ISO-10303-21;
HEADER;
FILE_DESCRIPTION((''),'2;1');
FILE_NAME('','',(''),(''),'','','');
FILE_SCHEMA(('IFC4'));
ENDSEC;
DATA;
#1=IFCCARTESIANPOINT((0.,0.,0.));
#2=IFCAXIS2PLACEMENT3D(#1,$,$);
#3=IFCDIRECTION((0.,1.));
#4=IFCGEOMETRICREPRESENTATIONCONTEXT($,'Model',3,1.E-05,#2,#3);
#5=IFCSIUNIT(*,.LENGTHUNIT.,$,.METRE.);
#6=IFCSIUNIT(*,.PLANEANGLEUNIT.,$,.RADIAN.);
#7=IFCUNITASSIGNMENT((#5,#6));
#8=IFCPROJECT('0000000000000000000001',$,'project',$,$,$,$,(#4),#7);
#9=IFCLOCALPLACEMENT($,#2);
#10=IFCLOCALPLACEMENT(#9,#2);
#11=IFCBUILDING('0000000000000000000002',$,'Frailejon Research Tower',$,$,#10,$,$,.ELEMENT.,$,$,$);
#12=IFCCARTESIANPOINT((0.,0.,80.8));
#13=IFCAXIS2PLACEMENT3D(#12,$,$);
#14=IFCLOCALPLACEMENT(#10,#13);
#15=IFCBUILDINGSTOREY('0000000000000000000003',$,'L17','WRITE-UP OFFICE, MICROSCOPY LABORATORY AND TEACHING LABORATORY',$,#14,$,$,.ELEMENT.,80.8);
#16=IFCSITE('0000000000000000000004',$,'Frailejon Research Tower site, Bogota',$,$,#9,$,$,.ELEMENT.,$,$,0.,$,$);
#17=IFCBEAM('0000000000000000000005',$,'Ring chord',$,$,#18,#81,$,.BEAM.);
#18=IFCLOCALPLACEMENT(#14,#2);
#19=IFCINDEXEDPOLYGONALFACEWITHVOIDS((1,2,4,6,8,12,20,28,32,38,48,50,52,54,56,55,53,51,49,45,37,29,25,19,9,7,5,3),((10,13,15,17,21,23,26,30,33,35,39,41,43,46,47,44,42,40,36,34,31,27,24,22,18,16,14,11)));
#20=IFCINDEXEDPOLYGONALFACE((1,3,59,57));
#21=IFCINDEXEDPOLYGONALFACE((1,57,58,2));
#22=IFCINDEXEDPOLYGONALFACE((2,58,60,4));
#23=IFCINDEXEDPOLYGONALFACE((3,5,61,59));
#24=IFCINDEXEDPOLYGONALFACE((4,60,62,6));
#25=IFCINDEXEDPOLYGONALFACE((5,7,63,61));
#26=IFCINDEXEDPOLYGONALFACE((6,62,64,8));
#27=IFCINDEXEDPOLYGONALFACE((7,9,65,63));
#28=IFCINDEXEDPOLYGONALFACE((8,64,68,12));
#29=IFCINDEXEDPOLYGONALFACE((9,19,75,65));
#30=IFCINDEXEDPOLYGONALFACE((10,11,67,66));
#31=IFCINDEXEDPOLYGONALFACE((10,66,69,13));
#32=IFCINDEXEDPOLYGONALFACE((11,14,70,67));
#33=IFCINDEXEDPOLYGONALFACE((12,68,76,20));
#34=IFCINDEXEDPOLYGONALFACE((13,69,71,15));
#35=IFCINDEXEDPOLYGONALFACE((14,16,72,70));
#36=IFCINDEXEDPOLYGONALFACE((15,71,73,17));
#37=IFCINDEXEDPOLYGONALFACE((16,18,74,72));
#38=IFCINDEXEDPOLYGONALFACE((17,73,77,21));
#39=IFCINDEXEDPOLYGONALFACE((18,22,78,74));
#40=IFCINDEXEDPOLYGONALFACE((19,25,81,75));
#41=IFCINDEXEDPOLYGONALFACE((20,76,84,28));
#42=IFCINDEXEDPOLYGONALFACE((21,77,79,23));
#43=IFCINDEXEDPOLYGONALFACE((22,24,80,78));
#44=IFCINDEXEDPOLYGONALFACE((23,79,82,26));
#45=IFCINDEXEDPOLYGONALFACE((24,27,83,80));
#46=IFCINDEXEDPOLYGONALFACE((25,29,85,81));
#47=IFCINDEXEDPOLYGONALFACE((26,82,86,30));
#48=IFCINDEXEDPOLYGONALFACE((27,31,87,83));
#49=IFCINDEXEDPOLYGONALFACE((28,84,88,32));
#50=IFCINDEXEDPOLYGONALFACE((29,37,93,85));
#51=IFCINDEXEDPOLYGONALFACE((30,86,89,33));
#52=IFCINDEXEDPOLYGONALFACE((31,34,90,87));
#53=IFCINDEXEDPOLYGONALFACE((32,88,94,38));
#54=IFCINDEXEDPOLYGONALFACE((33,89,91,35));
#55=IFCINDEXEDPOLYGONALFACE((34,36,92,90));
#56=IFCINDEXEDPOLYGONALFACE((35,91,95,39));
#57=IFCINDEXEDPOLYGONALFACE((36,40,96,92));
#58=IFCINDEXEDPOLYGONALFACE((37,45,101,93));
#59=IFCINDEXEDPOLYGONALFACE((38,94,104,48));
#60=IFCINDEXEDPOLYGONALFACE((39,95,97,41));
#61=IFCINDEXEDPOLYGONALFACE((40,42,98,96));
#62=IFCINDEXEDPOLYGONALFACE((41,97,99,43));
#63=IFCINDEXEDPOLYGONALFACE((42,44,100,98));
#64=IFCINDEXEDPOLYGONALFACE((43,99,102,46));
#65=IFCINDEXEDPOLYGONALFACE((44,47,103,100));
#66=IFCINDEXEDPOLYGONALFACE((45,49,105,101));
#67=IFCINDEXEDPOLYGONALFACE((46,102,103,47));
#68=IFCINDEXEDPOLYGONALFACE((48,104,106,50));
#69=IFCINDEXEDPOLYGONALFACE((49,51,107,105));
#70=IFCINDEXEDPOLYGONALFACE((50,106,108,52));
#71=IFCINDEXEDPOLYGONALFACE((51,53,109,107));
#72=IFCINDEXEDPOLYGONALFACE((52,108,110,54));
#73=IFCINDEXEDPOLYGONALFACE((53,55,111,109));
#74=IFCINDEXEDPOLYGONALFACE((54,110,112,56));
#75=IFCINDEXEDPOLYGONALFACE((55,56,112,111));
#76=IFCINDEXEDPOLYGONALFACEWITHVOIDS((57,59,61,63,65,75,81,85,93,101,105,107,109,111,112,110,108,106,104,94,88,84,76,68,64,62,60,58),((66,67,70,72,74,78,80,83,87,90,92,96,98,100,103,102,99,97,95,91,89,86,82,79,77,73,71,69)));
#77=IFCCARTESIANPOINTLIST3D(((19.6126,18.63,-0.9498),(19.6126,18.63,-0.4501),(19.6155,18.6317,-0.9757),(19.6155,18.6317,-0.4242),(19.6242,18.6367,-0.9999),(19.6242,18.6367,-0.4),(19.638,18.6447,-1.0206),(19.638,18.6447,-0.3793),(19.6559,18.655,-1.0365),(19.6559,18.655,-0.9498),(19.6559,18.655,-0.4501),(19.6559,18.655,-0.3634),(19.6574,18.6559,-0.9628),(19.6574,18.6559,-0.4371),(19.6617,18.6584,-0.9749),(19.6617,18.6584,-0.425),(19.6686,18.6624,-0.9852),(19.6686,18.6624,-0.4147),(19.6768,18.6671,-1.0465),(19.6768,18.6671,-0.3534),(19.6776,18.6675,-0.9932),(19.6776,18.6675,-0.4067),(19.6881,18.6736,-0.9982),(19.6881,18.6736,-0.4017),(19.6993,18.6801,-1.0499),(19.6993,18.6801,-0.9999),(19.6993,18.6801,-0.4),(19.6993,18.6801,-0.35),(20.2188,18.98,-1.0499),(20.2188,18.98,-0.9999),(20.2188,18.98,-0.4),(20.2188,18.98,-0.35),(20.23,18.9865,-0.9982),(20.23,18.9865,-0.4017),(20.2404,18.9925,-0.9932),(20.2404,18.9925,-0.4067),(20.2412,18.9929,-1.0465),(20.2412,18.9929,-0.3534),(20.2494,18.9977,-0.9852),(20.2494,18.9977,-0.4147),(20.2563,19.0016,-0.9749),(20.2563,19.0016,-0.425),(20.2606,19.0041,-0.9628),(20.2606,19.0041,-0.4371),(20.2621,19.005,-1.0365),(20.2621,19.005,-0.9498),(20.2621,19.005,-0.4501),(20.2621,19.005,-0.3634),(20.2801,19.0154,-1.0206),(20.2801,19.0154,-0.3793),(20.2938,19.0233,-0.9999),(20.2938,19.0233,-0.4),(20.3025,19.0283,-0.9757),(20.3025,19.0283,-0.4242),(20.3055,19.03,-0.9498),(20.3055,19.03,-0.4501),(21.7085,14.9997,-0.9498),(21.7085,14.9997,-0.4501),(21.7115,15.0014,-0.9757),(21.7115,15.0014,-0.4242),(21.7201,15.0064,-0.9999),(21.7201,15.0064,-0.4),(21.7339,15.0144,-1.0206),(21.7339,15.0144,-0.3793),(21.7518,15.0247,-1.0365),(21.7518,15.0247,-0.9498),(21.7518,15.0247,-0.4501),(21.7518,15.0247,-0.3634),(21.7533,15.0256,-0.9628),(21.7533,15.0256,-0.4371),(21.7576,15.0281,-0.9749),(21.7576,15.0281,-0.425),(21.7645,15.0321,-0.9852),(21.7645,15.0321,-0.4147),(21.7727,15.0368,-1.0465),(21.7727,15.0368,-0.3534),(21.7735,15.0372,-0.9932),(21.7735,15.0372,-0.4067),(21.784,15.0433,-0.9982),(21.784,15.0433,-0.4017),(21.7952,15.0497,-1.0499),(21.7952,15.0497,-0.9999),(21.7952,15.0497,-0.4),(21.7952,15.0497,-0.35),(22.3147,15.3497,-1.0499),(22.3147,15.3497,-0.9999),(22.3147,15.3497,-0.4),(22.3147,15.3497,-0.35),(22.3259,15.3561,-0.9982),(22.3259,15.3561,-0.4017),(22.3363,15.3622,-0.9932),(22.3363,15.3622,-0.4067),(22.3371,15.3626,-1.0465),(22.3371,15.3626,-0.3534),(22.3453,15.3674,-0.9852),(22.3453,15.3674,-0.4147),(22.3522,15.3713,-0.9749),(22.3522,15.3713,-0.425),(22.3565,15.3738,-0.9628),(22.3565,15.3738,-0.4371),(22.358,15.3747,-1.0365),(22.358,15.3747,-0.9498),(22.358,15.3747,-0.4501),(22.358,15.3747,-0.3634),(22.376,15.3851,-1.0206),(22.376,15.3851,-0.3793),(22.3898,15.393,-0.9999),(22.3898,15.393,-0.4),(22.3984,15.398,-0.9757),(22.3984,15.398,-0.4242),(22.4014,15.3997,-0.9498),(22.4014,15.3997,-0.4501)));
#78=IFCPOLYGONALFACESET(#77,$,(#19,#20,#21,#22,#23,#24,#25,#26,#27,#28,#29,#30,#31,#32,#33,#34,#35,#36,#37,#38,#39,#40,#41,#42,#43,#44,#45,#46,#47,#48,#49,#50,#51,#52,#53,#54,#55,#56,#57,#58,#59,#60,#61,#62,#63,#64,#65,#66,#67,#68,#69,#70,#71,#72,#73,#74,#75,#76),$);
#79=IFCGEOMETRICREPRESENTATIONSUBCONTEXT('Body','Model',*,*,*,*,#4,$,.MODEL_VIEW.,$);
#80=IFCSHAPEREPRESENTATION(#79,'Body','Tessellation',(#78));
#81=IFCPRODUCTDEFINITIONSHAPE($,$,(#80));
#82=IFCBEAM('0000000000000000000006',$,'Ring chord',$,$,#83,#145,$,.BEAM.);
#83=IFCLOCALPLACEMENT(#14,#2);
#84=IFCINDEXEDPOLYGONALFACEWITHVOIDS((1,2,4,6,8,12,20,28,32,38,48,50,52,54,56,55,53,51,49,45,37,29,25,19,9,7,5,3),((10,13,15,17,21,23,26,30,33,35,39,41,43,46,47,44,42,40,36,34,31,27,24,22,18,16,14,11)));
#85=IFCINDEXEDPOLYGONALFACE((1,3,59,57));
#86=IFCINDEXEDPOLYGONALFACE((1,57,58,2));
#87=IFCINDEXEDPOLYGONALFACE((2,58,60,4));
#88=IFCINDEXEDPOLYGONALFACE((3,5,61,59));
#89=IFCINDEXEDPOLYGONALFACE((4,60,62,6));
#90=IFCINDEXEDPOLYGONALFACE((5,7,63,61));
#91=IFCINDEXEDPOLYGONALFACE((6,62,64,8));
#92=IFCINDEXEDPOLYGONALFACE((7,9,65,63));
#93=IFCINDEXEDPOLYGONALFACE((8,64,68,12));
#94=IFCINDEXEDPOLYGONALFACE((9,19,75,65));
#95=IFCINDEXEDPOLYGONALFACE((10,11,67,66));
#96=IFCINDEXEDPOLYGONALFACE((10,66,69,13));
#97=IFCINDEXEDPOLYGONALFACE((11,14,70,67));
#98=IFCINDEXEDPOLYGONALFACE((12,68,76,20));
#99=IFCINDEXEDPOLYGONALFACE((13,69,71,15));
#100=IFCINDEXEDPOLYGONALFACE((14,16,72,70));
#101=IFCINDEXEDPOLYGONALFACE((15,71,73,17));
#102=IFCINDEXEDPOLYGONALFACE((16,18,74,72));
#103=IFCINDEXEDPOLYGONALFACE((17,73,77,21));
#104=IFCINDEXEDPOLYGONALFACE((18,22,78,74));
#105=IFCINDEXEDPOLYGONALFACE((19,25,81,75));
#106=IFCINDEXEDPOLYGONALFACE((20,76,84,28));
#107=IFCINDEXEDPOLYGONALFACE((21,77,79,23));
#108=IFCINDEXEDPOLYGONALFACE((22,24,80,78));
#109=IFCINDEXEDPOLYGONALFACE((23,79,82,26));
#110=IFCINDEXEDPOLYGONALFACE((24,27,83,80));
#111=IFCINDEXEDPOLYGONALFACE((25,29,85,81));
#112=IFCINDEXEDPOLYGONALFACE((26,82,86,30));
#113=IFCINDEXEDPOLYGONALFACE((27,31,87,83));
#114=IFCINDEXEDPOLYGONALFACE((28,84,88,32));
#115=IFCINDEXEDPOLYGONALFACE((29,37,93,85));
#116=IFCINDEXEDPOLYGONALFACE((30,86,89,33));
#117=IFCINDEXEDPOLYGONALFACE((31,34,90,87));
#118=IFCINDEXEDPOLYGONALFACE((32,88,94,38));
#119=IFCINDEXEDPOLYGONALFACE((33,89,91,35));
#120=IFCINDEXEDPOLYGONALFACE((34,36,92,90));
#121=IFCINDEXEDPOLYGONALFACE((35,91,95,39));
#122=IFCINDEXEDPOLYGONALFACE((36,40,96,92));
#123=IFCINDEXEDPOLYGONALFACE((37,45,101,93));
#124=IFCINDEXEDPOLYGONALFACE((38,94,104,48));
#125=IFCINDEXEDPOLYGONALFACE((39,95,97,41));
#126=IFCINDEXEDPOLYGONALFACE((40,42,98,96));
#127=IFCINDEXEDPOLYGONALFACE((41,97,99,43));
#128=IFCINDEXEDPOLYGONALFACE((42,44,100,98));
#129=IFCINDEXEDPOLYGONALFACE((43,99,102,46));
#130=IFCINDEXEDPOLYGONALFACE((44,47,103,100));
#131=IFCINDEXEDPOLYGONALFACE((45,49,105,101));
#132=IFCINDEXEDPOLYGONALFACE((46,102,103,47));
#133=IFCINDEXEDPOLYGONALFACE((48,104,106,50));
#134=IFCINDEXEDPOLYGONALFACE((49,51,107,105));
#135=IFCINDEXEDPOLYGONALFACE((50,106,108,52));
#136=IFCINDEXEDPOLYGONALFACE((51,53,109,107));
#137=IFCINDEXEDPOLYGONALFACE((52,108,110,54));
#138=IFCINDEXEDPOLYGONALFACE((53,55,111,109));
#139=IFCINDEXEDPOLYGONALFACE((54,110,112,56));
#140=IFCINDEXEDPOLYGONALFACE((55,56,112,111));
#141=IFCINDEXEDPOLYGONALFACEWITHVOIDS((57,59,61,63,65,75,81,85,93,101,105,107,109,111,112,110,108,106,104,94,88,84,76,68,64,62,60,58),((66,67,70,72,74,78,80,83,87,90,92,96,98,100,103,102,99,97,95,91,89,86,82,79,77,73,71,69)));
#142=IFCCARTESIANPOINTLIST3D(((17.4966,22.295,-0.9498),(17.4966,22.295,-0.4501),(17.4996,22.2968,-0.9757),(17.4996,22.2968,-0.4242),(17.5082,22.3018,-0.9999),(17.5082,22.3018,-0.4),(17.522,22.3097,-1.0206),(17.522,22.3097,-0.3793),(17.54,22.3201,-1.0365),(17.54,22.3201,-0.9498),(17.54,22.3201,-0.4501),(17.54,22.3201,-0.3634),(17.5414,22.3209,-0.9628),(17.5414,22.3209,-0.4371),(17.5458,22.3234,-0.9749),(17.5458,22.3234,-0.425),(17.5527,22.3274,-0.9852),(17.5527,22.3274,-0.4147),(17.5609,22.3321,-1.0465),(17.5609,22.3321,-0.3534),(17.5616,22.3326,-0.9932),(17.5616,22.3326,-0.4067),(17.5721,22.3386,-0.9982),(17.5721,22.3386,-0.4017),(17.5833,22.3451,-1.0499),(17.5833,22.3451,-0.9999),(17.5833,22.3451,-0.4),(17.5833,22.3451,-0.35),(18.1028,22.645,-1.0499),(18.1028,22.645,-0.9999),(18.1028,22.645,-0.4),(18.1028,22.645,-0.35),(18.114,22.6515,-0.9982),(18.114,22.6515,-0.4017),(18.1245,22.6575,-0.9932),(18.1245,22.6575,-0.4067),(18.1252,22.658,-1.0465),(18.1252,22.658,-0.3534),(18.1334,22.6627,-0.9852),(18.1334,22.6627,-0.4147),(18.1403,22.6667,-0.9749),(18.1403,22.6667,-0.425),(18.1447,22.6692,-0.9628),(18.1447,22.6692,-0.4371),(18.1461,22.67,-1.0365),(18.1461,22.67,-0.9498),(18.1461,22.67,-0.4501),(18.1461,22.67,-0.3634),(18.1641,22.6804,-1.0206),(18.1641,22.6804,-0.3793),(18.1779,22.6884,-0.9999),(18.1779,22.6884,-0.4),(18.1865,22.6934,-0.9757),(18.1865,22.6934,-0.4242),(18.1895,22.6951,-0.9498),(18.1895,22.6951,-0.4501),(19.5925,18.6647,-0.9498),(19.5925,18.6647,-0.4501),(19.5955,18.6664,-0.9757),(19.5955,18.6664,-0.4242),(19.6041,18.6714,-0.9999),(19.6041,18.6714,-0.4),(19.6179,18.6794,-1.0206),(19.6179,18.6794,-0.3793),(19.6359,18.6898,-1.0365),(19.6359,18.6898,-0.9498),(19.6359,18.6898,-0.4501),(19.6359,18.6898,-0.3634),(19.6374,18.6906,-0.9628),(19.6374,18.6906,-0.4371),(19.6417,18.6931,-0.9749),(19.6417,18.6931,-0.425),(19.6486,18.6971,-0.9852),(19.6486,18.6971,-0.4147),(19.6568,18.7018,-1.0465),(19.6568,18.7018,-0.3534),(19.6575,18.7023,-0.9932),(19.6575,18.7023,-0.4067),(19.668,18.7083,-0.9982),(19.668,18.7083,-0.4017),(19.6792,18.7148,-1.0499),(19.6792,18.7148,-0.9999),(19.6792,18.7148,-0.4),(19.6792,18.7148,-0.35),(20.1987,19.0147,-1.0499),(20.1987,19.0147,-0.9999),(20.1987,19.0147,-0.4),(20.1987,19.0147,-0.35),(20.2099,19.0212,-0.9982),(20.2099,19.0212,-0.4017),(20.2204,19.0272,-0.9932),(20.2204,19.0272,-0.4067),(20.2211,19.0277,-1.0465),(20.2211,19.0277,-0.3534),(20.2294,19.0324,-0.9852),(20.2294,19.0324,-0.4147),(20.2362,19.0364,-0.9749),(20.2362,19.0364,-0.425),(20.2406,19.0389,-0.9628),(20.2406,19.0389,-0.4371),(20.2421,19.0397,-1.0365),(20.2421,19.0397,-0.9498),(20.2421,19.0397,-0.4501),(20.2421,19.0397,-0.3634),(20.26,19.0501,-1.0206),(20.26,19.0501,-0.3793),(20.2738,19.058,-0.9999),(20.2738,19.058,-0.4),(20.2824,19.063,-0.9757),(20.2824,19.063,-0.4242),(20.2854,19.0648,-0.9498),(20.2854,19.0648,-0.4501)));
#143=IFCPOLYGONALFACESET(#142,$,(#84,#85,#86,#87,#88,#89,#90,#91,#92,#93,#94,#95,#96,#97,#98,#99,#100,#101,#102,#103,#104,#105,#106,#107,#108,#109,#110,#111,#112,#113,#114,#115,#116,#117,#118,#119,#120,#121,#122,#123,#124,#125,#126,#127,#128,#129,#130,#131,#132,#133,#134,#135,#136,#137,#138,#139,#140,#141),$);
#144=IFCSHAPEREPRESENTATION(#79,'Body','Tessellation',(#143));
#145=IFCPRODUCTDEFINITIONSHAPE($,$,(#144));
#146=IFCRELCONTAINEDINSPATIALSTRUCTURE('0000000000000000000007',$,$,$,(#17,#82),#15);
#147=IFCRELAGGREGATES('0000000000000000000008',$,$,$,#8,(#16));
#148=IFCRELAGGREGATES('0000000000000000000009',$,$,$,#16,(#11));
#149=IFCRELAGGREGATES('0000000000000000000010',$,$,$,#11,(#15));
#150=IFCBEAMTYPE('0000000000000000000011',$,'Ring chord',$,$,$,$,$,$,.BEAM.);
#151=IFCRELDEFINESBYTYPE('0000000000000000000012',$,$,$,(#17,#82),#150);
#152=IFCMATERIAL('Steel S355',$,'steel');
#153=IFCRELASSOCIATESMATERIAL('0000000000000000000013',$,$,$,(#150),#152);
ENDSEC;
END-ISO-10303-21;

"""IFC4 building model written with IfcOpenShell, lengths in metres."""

from ifc_helpers import new_model, si_unit, direction, frame, origin, origin_2d, place, context, subcontext, project, spatial, hollow_rectangle, extrude, material, material_profile, profile_set, type_object, element, save


model = new_model("IFC4")

# Units and contexts
model_context = context("Model", 3, precision=1e-05, world=origin(), true_north=direction((0.0, 1.0)))
body_context = subcontext(model_context, "Body", "Model", "MODEL_VIEW")
ifc_project = project(units=[si_unit("LENGTHUNIT", "METRE"), si_unit("PLANEANGLEUNIT", "RADIAN")], contexts=[model_context])

# Site, building, storey
site_placement = place(None, origin())
site = spatial("IfcSite", under=ifc_project, at=site_placement, Name="Frailejon Research Tower site, Bogota", CompositionType="ELEMENT", RefElevation=0.0)
building_placement = place(site_placement, origin())
building = spatial("IfcBuilding", under=site, at=building_placement, Name="Frailejon Research Tower", CompositionType="ELEMENT")
storey_placement = place(building_placement, frame((0.0, 0.0, 80.8)))
storey = spatial("IfcBuildingStorey", under=building, at=storey_placement, Name="L17", Description="WRITE-UP OFFICE, MICROSCOPY LABORATORY AND TEACHING LABORATORY", CompositionType="ELEMENT", Elevation=80.8)

# Beams
ifc_material_1 = material(Name="Steel S355", Category="steel")
ifc_material_profile_1 = material_profile(ifc_material_1, hollow_rectangle(XDim=0.8, YDim=0.7, WallThickness=0.05, InnerFilletRadius=0.05, OuterFilletRadius=0.1001, at=origin_2d()), Name="Ring chord")
ifc_profile_set_1 = profile_set([ifc_material_profile_1], Name="Steel S355")
beam_type_1 = type_object("IfcBeamType", Name="Ring chord", PredefinedType="BEAM", material=ifc_profile_set_1)
for number, where, z_axis, x_axis, name in (
    (1, (22.0549, 15.1997, -0.7), (-0.499991, 0.86603, 0.0), (-0.86603, -0.499991, 0.0), "Ring chord"),
    (2, (19.939, 18.8647, -0.7), (-0.499991, 0.86603, 0.0), (-0.86603, -0.499991, 0.0), "Ring chord"),
):
    element("IfcBeam", number, at=place(storey_placement, frame(where, z_axis=z_axis, x_axis=x_axis)), inside=storey, type_object=beam_type_1, Name=name, PredefinedType="BEAM", context=body_context, shape_type="SweptSolid", body=[
        extrude(hollow_rectangle(XDim=0.8, YDim=0.7, WallThickness=0.05, InnerFilletRadius=0.05, OuterFilletRadius=0.1001, at=origin_2d()), origin(), (0.0, 0.0, 1.0), 4.1919),
    ])

save(model, "model.ifc")
